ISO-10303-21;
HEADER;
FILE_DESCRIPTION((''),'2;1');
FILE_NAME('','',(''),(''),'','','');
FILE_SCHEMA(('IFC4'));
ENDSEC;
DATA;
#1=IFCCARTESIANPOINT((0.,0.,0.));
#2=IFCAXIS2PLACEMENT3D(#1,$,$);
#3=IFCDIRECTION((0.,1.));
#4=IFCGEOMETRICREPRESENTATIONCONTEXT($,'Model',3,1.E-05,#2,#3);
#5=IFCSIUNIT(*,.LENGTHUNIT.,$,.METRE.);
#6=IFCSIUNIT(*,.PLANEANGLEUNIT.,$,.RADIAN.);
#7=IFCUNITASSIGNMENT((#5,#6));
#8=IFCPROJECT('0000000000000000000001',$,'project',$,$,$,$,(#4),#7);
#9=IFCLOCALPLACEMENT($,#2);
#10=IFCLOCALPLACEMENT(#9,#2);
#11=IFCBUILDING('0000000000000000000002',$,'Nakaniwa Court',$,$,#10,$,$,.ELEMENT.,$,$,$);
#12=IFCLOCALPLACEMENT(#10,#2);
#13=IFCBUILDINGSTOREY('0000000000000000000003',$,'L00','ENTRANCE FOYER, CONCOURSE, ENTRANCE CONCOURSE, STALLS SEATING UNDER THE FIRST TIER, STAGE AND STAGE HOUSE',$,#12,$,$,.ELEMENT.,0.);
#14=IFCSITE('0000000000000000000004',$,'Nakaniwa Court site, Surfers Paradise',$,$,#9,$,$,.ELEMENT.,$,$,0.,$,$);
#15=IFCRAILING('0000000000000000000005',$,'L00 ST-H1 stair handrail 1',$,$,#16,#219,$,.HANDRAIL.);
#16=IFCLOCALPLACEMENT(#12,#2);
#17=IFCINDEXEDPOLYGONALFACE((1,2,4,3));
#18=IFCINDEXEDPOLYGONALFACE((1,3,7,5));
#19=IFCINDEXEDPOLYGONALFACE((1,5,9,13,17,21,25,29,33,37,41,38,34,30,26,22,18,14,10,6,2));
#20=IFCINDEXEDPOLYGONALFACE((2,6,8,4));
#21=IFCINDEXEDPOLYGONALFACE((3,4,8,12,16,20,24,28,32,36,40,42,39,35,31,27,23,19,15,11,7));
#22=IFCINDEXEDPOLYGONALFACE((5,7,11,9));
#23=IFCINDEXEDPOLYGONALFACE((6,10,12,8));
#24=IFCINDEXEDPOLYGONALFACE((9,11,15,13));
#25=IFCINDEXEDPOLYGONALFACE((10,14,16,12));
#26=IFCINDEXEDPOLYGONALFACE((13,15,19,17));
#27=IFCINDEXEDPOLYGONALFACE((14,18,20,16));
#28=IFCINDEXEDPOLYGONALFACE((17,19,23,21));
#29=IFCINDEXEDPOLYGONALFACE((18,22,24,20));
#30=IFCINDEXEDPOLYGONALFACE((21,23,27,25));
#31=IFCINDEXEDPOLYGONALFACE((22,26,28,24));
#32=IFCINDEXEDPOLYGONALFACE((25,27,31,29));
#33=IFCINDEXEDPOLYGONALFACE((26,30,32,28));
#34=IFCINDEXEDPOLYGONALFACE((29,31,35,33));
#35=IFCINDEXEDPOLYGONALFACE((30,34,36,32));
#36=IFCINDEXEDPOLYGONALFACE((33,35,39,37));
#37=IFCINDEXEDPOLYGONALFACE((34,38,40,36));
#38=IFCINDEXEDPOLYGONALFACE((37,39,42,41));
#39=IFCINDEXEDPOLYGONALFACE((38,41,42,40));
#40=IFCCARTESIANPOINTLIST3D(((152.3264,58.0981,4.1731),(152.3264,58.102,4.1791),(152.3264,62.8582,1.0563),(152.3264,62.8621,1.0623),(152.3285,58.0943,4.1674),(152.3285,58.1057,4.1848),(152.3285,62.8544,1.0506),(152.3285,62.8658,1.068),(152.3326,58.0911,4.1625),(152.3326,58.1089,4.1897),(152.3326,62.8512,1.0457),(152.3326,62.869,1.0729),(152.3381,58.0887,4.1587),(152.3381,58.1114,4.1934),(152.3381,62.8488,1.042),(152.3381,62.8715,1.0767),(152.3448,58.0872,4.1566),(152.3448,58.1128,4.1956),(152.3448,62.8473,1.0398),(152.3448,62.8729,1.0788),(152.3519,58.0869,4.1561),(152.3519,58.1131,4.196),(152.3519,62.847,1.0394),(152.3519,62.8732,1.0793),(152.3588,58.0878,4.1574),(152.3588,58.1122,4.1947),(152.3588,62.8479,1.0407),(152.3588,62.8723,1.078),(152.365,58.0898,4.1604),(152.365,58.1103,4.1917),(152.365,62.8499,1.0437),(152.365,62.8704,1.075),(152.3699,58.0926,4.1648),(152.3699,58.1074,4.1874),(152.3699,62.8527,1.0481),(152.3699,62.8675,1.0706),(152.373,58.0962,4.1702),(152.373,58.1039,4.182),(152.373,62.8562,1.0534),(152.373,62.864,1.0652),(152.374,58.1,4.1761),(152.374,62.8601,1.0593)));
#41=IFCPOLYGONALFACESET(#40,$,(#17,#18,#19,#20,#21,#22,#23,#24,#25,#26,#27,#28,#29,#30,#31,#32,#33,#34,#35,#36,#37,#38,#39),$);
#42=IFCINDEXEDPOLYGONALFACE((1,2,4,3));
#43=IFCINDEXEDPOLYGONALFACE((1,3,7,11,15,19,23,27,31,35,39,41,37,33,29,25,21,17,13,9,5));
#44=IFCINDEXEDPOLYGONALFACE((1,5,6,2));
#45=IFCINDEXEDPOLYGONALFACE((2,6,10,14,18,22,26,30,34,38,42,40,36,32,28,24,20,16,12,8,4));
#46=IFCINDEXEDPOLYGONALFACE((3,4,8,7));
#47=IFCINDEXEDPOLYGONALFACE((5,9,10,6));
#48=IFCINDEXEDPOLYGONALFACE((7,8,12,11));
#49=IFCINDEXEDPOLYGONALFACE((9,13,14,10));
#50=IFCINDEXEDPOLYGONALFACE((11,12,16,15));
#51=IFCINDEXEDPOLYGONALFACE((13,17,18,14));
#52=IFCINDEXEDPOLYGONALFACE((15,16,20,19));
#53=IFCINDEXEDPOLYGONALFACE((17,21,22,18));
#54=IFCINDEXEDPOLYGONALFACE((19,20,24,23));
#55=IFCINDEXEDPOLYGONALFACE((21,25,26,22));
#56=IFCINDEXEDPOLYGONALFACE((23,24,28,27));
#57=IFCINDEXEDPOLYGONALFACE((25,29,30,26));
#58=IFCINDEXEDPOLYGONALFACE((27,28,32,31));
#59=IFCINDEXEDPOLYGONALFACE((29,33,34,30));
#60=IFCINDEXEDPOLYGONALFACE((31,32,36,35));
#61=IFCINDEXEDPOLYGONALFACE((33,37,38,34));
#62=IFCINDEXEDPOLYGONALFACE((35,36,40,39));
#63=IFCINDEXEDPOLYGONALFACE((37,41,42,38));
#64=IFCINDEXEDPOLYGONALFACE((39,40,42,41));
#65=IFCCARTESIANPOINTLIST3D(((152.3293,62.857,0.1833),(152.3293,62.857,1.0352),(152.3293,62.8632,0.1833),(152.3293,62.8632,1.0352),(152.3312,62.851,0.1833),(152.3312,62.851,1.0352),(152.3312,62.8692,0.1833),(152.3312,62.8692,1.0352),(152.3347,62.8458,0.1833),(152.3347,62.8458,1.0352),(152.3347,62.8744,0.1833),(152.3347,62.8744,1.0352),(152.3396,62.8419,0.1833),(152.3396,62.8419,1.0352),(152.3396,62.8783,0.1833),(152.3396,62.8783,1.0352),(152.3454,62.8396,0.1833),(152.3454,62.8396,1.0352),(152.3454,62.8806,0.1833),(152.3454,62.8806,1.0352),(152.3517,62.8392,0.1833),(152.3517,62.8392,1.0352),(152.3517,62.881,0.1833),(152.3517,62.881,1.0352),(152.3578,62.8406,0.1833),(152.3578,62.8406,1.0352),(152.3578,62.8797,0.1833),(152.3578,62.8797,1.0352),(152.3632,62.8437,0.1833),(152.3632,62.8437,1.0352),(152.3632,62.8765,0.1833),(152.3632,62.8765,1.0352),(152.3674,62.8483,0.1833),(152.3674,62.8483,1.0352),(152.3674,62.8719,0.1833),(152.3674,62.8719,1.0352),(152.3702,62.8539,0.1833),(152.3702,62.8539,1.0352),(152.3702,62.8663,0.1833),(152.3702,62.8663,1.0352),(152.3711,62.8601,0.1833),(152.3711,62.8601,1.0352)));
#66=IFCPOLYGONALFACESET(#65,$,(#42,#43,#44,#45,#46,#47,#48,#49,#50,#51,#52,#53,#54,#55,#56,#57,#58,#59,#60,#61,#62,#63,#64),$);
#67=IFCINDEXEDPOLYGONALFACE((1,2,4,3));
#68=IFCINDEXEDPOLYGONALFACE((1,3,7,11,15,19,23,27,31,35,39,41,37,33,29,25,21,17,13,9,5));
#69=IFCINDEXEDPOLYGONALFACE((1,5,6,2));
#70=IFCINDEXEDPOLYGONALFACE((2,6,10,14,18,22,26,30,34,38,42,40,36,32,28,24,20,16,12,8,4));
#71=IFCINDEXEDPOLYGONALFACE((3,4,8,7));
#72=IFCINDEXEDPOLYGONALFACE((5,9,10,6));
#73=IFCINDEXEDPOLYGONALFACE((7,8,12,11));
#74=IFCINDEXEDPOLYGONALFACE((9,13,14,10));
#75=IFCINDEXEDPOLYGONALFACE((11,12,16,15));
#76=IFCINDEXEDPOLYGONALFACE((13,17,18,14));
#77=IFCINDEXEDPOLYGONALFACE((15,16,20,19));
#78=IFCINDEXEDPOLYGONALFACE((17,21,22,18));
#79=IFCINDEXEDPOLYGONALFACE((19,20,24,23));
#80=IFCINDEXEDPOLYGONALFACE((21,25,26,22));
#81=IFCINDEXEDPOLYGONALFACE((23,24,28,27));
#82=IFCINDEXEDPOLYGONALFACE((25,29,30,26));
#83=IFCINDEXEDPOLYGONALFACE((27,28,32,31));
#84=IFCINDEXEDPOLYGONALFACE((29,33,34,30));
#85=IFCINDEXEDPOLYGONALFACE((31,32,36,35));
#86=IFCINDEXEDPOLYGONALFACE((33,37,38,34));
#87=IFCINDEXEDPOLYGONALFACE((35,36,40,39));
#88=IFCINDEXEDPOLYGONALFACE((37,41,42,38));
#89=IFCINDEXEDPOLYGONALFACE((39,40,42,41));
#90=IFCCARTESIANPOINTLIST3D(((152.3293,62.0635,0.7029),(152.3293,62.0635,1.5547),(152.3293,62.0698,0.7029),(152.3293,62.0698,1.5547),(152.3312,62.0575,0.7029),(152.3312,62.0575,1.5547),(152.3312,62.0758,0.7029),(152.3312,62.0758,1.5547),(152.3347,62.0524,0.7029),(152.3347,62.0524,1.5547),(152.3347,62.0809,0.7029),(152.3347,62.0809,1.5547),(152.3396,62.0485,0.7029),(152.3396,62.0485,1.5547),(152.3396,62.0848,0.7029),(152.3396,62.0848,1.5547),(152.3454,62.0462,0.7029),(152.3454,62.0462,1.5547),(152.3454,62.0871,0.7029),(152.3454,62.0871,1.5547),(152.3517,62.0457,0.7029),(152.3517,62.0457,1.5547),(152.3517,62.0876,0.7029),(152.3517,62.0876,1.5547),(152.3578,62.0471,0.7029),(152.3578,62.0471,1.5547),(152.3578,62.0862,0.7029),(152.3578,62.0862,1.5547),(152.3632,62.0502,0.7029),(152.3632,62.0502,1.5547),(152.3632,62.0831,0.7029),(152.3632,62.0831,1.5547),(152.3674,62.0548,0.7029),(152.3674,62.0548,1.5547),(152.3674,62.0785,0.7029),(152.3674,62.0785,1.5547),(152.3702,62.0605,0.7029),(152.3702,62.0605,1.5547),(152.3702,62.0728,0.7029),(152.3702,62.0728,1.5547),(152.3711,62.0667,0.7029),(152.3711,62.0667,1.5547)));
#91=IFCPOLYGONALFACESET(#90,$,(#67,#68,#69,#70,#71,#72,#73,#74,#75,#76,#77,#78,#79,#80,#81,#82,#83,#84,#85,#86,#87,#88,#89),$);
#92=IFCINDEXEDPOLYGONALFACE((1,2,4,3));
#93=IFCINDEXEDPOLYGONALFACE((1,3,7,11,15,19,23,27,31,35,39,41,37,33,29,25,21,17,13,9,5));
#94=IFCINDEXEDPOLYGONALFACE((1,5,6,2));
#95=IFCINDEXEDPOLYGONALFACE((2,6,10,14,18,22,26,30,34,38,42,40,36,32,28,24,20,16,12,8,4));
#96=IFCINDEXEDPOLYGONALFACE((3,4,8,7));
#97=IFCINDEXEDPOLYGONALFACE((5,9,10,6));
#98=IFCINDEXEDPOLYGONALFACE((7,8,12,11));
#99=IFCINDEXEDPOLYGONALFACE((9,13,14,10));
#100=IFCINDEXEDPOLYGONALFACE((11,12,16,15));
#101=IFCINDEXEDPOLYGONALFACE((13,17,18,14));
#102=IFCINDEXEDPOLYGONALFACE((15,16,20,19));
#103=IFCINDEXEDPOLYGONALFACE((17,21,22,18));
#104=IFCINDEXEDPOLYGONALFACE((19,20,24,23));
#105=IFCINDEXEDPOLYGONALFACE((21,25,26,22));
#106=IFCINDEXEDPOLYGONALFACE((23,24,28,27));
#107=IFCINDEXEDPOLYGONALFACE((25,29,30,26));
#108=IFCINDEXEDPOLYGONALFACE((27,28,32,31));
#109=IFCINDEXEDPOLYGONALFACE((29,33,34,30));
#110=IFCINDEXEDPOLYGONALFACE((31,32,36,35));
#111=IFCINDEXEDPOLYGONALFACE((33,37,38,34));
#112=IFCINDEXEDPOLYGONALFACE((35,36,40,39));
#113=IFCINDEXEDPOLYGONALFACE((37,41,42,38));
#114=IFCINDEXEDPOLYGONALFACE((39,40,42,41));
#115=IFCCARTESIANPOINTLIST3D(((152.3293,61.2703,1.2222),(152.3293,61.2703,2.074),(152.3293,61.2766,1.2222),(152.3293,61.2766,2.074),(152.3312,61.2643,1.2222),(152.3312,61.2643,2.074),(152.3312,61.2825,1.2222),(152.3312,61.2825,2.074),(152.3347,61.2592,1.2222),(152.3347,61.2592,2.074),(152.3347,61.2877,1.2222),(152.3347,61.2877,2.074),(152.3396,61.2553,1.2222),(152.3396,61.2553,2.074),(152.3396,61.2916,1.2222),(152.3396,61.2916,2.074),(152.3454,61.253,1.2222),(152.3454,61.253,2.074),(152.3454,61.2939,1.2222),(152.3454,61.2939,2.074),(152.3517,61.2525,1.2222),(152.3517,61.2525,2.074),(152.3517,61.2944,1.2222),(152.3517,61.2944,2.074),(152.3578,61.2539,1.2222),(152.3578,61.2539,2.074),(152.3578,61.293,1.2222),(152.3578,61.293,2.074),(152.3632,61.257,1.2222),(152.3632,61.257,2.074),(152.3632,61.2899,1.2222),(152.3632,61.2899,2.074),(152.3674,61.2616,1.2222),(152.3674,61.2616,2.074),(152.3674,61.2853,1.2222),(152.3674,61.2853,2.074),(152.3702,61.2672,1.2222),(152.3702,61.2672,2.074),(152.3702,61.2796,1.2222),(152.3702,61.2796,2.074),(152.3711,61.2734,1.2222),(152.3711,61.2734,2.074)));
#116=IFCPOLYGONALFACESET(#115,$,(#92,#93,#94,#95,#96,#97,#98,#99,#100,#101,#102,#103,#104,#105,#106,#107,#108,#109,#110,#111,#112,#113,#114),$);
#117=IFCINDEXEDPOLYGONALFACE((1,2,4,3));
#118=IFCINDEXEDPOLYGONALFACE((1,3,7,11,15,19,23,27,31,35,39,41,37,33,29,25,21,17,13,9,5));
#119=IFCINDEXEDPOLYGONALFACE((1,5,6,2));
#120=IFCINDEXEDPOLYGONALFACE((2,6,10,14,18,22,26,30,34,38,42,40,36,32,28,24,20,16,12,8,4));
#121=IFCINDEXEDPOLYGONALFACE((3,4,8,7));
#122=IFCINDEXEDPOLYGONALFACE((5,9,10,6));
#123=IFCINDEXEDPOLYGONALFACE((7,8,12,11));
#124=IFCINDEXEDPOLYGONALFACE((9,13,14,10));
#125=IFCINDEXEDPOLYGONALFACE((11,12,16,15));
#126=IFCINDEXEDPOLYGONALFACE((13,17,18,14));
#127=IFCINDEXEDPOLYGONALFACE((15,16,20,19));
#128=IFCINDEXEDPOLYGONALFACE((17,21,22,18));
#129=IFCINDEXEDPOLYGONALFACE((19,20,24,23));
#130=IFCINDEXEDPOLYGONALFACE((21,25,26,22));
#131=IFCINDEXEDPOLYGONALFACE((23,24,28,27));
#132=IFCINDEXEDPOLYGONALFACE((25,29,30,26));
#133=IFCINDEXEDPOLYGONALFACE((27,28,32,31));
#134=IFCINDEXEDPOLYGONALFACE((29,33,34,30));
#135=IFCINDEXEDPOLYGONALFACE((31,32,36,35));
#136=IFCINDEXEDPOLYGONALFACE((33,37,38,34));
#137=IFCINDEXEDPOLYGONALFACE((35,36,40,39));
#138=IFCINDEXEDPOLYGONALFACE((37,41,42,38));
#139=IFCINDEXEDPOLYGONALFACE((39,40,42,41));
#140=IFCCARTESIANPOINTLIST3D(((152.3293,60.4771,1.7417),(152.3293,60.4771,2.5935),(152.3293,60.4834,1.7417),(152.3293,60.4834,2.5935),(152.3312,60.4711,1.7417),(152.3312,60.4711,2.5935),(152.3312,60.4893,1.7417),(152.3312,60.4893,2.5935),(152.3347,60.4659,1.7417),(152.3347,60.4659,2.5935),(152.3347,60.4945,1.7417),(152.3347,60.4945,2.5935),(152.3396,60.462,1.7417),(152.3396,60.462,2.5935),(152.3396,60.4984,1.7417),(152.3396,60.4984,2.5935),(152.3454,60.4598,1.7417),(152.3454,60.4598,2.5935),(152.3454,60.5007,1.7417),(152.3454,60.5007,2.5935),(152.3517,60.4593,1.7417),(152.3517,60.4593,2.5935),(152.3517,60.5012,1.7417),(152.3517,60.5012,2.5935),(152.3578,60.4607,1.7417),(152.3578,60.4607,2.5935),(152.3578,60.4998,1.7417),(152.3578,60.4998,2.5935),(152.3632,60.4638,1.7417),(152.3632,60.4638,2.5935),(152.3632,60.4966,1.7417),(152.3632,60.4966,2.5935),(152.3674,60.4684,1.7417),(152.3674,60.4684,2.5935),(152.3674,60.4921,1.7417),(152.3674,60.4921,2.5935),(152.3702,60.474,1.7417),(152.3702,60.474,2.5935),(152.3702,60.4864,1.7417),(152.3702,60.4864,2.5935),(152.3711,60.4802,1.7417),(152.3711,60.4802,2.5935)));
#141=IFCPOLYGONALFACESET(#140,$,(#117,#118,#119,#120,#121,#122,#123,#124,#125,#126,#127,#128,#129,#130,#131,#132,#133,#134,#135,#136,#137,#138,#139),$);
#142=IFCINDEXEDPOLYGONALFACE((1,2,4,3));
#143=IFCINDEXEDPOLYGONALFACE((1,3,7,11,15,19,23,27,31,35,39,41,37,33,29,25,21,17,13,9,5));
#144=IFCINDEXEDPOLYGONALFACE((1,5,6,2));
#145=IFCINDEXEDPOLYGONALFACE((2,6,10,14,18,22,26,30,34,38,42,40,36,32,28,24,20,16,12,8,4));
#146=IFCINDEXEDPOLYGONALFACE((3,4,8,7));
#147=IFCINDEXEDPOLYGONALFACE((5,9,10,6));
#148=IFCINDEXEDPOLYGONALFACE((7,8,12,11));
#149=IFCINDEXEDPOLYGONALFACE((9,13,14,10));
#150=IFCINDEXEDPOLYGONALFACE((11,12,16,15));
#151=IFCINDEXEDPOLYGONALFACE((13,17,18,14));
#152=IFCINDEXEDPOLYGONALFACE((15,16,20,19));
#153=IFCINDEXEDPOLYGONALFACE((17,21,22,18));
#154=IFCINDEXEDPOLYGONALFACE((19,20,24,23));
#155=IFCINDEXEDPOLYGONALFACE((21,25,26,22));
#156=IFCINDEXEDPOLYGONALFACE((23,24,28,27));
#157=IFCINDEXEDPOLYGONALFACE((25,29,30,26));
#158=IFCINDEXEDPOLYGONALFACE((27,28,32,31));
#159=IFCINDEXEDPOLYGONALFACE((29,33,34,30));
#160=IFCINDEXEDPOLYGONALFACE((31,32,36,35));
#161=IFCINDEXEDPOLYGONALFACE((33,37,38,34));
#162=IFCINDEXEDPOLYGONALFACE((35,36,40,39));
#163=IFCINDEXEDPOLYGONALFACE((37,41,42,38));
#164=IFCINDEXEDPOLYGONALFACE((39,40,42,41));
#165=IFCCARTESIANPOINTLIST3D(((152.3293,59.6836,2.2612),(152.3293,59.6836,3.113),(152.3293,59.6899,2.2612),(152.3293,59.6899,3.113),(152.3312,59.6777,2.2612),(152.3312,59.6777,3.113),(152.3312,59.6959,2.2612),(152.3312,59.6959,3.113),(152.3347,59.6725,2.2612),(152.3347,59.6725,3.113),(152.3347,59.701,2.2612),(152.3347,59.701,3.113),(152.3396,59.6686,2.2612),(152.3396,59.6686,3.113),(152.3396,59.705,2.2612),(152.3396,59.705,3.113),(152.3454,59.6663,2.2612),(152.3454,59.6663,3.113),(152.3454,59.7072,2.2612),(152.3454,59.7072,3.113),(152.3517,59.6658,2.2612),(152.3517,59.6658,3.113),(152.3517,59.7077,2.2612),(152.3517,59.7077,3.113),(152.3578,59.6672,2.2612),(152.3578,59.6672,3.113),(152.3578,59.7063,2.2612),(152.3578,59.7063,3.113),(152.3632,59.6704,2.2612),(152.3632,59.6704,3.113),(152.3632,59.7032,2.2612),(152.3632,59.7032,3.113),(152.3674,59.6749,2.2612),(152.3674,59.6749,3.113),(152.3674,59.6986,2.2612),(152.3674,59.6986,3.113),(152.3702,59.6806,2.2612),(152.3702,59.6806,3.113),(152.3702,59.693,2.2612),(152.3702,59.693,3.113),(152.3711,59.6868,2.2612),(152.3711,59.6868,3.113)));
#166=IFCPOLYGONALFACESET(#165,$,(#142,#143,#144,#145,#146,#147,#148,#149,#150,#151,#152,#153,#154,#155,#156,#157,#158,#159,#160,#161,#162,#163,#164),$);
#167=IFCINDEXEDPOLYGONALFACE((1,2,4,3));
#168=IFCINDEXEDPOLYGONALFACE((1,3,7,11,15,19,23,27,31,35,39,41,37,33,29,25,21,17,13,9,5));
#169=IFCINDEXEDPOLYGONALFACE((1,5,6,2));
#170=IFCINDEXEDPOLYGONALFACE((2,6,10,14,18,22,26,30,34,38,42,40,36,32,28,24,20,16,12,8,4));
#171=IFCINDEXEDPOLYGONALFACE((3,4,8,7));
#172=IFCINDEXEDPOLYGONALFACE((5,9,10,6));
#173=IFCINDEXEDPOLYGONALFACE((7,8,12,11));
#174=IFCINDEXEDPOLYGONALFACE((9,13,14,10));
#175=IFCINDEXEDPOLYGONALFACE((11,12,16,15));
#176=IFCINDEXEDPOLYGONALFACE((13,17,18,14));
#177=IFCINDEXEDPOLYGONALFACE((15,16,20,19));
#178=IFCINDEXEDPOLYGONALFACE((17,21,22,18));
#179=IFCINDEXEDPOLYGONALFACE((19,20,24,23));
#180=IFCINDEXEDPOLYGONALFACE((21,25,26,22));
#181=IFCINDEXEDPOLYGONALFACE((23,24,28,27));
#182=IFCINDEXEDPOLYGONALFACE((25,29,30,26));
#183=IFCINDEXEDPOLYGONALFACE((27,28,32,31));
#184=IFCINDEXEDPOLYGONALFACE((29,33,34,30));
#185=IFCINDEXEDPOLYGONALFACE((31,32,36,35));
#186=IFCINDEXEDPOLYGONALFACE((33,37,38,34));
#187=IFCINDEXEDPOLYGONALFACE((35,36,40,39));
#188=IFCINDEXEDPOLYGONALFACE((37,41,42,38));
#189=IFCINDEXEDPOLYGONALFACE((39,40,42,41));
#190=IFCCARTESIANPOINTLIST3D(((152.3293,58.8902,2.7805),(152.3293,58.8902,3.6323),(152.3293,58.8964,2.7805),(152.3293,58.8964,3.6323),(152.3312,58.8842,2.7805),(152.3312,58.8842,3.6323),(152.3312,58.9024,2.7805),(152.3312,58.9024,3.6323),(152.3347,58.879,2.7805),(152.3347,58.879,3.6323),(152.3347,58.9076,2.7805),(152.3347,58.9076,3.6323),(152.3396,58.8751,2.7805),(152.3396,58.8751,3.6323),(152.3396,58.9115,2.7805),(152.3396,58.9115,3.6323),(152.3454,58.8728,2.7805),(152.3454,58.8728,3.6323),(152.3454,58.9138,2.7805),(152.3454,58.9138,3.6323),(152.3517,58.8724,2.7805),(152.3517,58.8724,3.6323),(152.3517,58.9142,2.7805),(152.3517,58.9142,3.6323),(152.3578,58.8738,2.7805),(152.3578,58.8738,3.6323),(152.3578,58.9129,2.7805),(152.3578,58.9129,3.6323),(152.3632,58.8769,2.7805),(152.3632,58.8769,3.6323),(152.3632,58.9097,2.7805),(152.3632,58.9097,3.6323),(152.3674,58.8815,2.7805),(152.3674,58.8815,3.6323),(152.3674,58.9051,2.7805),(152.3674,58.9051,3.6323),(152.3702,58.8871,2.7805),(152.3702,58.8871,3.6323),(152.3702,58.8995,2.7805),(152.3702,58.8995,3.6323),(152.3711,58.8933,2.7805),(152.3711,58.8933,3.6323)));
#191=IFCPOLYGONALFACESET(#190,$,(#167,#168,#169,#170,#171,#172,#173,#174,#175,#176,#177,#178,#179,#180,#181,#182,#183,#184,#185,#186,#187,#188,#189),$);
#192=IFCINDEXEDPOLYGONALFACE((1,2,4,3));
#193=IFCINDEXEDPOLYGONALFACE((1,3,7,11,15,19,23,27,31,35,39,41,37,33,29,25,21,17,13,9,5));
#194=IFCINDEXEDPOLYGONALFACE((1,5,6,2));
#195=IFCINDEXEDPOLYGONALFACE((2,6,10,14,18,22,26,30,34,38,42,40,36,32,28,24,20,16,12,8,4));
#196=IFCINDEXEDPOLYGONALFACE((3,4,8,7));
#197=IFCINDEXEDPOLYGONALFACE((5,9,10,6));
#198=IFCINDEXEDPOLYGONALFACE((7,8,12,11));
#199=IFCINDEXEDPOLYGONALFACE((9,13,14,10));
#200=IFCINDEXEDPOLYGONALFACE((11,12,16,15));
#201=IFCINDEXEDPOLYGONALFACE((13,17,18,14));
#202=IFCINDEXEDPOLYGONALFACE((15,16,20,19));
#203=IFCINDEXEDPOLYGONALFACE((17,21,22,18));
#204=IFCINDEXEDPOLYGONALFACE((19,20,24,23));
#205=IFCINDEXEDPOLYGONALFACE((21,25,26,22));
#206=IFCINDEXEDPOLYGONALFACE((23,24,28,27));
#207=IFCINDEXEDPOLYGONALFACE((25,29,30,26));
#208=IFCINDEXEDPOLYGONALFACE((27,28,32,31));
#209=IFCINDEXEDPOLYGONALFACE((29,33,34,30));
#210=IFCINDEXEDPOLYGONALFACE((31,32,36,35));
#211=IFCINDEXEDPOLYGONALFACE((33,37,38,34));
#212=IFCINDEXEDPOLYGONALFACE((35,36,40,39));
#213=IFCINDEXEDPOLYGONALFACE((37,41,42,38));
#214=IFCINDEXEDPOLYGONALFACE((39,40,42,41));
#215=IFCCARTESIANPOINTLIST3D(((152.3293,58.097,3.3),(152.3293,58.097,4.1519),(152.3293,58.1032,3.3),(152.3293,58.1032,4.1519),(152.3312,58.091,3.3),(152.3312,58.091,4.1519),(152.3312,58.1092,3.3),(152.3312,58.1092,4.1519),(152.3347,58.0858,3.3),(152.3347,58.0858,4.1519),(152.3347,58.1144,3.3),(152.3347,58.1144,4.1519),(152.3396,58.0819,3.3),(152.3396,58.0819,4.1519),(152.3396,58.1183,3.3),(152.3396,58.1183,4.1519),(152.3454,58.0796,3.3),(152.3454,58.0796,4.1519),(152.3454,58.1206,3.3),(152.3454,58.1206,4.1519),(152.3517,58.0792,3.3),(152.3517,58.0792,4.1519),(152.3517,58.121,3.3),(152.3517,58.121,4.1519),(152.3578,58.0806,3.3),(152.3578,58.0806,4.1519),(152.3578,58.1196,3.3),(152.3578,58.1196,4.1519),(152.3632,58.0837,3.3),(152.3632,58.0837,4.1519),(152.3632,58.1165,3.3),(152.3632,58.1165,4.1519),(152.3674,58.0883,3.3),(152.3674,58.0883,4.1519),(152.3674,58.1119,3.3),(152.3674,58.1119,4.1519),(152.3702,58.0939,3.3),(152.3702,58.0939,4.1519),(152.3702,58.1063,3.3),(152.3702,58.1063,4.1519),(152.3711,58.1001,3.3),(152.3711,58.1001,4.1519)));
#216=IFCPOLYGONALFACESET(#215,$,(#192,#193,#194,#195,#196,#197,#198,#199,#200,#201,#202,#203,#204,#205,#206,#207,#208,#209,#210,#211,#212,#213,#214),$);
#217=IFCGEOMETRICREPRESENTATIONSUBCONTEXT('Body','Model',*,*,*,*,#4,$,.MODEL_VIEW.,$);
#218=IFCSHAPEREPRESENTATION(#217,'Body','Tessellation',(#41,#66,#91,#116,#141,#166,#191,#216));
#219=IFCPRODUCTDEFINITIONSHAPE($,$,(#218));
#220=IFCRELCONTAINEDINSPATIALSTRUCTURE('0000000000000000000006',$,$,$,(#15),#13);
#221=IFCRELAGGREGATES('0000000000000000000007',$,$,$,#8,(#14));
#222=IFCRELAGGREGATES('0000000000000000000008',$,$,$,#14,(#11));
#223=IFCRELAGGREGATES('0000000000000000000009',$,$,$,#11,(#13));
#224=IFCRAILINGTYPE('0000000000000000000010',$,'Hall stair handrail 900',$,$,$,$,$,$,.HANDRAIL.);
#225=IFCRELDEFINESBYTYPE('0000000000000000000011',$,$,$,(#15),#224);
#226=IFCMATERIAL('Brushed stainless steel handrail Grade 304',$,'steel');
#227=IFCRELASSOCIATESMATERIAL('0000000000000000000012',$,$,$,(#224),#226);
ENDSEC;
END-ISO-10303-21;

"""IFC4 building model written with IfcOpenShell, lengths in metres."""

from ifc_helpers import new_model, si_unit, direction, frame, origin, origin_2d, place, context, subcontext, project, spatial, circle, extrude, material, type_object, element, save


model = new_model("IFC4")

# Units and contexts
model_context = context("Model", 3, precision=1e-05, world=origin(), true_north=direction((0.0, 1.0)))
body_context = subcontext(model_context, "Body", "Model", "MODEL_VIEW")
ifc_project = project(units=[si_unit("LENGTHUNIT", "METRE"), si_unit("PLANEANGLEUNIT", "RADIAN")], contexts=[model_context])

# Site, building, storey
site_placement = place(None, origin())
site = spatial("IfcSite", under=ifc_project, at=site_placement, Name="Nakaniwa Court site, Surfers Paradise", CompositionType="ELEMENT", RefElevation=0.0)
building_placement = place(site_placement, origin())
building = spatial("IfcBuilding", under=site, at=building_placement, Name="Nakaniwa Court", CompositionType="ELEMENT")
storey_placement = place(building_placement, origin())
storey = spatial("IfcBuildingStorey", under=building, at=storey_placement, Name="L00", Description="ENTRANCE FOYER, CONCOURSE, ENTRANCE CONCOURSE, STALLS SEATING UNDER THE FIRST TIER, STAGE AND STAGE HOUSE", CompositionType="ELEMENT", Elevation=0.0)

# Railing
ifc_material_1 = material(Name="Brushed stainless steel handrail Grade 304", Category="steel")
railing_type_1 = type_object("IfcRailingType", Name="Hall stair handrail 900", PredefinedType="HANDRAIL", material=ifc_material_1)
railing_1_placement = place(storey_placement, frame((152.3501, 62.8601, 0.1833)))
element("IfcRailing", 1, at=railing_1_placement, inside=storey, type_object=railing_type_1, Name="L00 ST-H1 stair handrail 1", PredefinedType="HANDRAIL", context=body_context, shape_type="SweptSolid", body=[
    extrude(circle(Radius=0.0239, at=origin_2d()), frame((0.0, 0.0, 0.876), z_axis=(0.0, -0.836616, 0.547789), x_axis=(1.0, 0.0, 0.0)), (0.0, 0.0, 1.0), 5.6897),
    extrude(circle(Radius=0.021, at=origin_2d()), origin(), (0.0, 0.0, 1.0), 0.8518),
    extrude(circle(Radius=0.021, at=origin_2d()), frame((0.0, -0.7935, 0.5195)), (0.0, 0.0, 1.0), 0.8518),
    extrude(circle(Radius=0.021, at=origin_2d()), frame((0.0, -1.5867, 1.0388)), (0.0, 0.0, 1.0), 0.8518),
    extrude(circle(Radius=0.021, at=origin_2d()), frame((0.0, -2.3799, 1.5583)), (0.0, 0.0, 1.0), 0.8518),
    extrude(circle(Radius=0.021, at=origin_2d()), frame((0.0, -3.1733, 2.0779)), (0.0, 0.0, 1.0), 0.8518),
    extrude(circle(Radius=0.021, at=origin_2d()), frame((0.0, -3.9668, 2.5972)), (0.0, 0.0, 1.0), 0.8518),
    extrude(circle(Radius=0.021, at=origin_2d()), frame((0.0, -4.76, 3.1167)), (0.0, 0.0, 1.0), 0.8518),
])

save(model, "model.ifc")
